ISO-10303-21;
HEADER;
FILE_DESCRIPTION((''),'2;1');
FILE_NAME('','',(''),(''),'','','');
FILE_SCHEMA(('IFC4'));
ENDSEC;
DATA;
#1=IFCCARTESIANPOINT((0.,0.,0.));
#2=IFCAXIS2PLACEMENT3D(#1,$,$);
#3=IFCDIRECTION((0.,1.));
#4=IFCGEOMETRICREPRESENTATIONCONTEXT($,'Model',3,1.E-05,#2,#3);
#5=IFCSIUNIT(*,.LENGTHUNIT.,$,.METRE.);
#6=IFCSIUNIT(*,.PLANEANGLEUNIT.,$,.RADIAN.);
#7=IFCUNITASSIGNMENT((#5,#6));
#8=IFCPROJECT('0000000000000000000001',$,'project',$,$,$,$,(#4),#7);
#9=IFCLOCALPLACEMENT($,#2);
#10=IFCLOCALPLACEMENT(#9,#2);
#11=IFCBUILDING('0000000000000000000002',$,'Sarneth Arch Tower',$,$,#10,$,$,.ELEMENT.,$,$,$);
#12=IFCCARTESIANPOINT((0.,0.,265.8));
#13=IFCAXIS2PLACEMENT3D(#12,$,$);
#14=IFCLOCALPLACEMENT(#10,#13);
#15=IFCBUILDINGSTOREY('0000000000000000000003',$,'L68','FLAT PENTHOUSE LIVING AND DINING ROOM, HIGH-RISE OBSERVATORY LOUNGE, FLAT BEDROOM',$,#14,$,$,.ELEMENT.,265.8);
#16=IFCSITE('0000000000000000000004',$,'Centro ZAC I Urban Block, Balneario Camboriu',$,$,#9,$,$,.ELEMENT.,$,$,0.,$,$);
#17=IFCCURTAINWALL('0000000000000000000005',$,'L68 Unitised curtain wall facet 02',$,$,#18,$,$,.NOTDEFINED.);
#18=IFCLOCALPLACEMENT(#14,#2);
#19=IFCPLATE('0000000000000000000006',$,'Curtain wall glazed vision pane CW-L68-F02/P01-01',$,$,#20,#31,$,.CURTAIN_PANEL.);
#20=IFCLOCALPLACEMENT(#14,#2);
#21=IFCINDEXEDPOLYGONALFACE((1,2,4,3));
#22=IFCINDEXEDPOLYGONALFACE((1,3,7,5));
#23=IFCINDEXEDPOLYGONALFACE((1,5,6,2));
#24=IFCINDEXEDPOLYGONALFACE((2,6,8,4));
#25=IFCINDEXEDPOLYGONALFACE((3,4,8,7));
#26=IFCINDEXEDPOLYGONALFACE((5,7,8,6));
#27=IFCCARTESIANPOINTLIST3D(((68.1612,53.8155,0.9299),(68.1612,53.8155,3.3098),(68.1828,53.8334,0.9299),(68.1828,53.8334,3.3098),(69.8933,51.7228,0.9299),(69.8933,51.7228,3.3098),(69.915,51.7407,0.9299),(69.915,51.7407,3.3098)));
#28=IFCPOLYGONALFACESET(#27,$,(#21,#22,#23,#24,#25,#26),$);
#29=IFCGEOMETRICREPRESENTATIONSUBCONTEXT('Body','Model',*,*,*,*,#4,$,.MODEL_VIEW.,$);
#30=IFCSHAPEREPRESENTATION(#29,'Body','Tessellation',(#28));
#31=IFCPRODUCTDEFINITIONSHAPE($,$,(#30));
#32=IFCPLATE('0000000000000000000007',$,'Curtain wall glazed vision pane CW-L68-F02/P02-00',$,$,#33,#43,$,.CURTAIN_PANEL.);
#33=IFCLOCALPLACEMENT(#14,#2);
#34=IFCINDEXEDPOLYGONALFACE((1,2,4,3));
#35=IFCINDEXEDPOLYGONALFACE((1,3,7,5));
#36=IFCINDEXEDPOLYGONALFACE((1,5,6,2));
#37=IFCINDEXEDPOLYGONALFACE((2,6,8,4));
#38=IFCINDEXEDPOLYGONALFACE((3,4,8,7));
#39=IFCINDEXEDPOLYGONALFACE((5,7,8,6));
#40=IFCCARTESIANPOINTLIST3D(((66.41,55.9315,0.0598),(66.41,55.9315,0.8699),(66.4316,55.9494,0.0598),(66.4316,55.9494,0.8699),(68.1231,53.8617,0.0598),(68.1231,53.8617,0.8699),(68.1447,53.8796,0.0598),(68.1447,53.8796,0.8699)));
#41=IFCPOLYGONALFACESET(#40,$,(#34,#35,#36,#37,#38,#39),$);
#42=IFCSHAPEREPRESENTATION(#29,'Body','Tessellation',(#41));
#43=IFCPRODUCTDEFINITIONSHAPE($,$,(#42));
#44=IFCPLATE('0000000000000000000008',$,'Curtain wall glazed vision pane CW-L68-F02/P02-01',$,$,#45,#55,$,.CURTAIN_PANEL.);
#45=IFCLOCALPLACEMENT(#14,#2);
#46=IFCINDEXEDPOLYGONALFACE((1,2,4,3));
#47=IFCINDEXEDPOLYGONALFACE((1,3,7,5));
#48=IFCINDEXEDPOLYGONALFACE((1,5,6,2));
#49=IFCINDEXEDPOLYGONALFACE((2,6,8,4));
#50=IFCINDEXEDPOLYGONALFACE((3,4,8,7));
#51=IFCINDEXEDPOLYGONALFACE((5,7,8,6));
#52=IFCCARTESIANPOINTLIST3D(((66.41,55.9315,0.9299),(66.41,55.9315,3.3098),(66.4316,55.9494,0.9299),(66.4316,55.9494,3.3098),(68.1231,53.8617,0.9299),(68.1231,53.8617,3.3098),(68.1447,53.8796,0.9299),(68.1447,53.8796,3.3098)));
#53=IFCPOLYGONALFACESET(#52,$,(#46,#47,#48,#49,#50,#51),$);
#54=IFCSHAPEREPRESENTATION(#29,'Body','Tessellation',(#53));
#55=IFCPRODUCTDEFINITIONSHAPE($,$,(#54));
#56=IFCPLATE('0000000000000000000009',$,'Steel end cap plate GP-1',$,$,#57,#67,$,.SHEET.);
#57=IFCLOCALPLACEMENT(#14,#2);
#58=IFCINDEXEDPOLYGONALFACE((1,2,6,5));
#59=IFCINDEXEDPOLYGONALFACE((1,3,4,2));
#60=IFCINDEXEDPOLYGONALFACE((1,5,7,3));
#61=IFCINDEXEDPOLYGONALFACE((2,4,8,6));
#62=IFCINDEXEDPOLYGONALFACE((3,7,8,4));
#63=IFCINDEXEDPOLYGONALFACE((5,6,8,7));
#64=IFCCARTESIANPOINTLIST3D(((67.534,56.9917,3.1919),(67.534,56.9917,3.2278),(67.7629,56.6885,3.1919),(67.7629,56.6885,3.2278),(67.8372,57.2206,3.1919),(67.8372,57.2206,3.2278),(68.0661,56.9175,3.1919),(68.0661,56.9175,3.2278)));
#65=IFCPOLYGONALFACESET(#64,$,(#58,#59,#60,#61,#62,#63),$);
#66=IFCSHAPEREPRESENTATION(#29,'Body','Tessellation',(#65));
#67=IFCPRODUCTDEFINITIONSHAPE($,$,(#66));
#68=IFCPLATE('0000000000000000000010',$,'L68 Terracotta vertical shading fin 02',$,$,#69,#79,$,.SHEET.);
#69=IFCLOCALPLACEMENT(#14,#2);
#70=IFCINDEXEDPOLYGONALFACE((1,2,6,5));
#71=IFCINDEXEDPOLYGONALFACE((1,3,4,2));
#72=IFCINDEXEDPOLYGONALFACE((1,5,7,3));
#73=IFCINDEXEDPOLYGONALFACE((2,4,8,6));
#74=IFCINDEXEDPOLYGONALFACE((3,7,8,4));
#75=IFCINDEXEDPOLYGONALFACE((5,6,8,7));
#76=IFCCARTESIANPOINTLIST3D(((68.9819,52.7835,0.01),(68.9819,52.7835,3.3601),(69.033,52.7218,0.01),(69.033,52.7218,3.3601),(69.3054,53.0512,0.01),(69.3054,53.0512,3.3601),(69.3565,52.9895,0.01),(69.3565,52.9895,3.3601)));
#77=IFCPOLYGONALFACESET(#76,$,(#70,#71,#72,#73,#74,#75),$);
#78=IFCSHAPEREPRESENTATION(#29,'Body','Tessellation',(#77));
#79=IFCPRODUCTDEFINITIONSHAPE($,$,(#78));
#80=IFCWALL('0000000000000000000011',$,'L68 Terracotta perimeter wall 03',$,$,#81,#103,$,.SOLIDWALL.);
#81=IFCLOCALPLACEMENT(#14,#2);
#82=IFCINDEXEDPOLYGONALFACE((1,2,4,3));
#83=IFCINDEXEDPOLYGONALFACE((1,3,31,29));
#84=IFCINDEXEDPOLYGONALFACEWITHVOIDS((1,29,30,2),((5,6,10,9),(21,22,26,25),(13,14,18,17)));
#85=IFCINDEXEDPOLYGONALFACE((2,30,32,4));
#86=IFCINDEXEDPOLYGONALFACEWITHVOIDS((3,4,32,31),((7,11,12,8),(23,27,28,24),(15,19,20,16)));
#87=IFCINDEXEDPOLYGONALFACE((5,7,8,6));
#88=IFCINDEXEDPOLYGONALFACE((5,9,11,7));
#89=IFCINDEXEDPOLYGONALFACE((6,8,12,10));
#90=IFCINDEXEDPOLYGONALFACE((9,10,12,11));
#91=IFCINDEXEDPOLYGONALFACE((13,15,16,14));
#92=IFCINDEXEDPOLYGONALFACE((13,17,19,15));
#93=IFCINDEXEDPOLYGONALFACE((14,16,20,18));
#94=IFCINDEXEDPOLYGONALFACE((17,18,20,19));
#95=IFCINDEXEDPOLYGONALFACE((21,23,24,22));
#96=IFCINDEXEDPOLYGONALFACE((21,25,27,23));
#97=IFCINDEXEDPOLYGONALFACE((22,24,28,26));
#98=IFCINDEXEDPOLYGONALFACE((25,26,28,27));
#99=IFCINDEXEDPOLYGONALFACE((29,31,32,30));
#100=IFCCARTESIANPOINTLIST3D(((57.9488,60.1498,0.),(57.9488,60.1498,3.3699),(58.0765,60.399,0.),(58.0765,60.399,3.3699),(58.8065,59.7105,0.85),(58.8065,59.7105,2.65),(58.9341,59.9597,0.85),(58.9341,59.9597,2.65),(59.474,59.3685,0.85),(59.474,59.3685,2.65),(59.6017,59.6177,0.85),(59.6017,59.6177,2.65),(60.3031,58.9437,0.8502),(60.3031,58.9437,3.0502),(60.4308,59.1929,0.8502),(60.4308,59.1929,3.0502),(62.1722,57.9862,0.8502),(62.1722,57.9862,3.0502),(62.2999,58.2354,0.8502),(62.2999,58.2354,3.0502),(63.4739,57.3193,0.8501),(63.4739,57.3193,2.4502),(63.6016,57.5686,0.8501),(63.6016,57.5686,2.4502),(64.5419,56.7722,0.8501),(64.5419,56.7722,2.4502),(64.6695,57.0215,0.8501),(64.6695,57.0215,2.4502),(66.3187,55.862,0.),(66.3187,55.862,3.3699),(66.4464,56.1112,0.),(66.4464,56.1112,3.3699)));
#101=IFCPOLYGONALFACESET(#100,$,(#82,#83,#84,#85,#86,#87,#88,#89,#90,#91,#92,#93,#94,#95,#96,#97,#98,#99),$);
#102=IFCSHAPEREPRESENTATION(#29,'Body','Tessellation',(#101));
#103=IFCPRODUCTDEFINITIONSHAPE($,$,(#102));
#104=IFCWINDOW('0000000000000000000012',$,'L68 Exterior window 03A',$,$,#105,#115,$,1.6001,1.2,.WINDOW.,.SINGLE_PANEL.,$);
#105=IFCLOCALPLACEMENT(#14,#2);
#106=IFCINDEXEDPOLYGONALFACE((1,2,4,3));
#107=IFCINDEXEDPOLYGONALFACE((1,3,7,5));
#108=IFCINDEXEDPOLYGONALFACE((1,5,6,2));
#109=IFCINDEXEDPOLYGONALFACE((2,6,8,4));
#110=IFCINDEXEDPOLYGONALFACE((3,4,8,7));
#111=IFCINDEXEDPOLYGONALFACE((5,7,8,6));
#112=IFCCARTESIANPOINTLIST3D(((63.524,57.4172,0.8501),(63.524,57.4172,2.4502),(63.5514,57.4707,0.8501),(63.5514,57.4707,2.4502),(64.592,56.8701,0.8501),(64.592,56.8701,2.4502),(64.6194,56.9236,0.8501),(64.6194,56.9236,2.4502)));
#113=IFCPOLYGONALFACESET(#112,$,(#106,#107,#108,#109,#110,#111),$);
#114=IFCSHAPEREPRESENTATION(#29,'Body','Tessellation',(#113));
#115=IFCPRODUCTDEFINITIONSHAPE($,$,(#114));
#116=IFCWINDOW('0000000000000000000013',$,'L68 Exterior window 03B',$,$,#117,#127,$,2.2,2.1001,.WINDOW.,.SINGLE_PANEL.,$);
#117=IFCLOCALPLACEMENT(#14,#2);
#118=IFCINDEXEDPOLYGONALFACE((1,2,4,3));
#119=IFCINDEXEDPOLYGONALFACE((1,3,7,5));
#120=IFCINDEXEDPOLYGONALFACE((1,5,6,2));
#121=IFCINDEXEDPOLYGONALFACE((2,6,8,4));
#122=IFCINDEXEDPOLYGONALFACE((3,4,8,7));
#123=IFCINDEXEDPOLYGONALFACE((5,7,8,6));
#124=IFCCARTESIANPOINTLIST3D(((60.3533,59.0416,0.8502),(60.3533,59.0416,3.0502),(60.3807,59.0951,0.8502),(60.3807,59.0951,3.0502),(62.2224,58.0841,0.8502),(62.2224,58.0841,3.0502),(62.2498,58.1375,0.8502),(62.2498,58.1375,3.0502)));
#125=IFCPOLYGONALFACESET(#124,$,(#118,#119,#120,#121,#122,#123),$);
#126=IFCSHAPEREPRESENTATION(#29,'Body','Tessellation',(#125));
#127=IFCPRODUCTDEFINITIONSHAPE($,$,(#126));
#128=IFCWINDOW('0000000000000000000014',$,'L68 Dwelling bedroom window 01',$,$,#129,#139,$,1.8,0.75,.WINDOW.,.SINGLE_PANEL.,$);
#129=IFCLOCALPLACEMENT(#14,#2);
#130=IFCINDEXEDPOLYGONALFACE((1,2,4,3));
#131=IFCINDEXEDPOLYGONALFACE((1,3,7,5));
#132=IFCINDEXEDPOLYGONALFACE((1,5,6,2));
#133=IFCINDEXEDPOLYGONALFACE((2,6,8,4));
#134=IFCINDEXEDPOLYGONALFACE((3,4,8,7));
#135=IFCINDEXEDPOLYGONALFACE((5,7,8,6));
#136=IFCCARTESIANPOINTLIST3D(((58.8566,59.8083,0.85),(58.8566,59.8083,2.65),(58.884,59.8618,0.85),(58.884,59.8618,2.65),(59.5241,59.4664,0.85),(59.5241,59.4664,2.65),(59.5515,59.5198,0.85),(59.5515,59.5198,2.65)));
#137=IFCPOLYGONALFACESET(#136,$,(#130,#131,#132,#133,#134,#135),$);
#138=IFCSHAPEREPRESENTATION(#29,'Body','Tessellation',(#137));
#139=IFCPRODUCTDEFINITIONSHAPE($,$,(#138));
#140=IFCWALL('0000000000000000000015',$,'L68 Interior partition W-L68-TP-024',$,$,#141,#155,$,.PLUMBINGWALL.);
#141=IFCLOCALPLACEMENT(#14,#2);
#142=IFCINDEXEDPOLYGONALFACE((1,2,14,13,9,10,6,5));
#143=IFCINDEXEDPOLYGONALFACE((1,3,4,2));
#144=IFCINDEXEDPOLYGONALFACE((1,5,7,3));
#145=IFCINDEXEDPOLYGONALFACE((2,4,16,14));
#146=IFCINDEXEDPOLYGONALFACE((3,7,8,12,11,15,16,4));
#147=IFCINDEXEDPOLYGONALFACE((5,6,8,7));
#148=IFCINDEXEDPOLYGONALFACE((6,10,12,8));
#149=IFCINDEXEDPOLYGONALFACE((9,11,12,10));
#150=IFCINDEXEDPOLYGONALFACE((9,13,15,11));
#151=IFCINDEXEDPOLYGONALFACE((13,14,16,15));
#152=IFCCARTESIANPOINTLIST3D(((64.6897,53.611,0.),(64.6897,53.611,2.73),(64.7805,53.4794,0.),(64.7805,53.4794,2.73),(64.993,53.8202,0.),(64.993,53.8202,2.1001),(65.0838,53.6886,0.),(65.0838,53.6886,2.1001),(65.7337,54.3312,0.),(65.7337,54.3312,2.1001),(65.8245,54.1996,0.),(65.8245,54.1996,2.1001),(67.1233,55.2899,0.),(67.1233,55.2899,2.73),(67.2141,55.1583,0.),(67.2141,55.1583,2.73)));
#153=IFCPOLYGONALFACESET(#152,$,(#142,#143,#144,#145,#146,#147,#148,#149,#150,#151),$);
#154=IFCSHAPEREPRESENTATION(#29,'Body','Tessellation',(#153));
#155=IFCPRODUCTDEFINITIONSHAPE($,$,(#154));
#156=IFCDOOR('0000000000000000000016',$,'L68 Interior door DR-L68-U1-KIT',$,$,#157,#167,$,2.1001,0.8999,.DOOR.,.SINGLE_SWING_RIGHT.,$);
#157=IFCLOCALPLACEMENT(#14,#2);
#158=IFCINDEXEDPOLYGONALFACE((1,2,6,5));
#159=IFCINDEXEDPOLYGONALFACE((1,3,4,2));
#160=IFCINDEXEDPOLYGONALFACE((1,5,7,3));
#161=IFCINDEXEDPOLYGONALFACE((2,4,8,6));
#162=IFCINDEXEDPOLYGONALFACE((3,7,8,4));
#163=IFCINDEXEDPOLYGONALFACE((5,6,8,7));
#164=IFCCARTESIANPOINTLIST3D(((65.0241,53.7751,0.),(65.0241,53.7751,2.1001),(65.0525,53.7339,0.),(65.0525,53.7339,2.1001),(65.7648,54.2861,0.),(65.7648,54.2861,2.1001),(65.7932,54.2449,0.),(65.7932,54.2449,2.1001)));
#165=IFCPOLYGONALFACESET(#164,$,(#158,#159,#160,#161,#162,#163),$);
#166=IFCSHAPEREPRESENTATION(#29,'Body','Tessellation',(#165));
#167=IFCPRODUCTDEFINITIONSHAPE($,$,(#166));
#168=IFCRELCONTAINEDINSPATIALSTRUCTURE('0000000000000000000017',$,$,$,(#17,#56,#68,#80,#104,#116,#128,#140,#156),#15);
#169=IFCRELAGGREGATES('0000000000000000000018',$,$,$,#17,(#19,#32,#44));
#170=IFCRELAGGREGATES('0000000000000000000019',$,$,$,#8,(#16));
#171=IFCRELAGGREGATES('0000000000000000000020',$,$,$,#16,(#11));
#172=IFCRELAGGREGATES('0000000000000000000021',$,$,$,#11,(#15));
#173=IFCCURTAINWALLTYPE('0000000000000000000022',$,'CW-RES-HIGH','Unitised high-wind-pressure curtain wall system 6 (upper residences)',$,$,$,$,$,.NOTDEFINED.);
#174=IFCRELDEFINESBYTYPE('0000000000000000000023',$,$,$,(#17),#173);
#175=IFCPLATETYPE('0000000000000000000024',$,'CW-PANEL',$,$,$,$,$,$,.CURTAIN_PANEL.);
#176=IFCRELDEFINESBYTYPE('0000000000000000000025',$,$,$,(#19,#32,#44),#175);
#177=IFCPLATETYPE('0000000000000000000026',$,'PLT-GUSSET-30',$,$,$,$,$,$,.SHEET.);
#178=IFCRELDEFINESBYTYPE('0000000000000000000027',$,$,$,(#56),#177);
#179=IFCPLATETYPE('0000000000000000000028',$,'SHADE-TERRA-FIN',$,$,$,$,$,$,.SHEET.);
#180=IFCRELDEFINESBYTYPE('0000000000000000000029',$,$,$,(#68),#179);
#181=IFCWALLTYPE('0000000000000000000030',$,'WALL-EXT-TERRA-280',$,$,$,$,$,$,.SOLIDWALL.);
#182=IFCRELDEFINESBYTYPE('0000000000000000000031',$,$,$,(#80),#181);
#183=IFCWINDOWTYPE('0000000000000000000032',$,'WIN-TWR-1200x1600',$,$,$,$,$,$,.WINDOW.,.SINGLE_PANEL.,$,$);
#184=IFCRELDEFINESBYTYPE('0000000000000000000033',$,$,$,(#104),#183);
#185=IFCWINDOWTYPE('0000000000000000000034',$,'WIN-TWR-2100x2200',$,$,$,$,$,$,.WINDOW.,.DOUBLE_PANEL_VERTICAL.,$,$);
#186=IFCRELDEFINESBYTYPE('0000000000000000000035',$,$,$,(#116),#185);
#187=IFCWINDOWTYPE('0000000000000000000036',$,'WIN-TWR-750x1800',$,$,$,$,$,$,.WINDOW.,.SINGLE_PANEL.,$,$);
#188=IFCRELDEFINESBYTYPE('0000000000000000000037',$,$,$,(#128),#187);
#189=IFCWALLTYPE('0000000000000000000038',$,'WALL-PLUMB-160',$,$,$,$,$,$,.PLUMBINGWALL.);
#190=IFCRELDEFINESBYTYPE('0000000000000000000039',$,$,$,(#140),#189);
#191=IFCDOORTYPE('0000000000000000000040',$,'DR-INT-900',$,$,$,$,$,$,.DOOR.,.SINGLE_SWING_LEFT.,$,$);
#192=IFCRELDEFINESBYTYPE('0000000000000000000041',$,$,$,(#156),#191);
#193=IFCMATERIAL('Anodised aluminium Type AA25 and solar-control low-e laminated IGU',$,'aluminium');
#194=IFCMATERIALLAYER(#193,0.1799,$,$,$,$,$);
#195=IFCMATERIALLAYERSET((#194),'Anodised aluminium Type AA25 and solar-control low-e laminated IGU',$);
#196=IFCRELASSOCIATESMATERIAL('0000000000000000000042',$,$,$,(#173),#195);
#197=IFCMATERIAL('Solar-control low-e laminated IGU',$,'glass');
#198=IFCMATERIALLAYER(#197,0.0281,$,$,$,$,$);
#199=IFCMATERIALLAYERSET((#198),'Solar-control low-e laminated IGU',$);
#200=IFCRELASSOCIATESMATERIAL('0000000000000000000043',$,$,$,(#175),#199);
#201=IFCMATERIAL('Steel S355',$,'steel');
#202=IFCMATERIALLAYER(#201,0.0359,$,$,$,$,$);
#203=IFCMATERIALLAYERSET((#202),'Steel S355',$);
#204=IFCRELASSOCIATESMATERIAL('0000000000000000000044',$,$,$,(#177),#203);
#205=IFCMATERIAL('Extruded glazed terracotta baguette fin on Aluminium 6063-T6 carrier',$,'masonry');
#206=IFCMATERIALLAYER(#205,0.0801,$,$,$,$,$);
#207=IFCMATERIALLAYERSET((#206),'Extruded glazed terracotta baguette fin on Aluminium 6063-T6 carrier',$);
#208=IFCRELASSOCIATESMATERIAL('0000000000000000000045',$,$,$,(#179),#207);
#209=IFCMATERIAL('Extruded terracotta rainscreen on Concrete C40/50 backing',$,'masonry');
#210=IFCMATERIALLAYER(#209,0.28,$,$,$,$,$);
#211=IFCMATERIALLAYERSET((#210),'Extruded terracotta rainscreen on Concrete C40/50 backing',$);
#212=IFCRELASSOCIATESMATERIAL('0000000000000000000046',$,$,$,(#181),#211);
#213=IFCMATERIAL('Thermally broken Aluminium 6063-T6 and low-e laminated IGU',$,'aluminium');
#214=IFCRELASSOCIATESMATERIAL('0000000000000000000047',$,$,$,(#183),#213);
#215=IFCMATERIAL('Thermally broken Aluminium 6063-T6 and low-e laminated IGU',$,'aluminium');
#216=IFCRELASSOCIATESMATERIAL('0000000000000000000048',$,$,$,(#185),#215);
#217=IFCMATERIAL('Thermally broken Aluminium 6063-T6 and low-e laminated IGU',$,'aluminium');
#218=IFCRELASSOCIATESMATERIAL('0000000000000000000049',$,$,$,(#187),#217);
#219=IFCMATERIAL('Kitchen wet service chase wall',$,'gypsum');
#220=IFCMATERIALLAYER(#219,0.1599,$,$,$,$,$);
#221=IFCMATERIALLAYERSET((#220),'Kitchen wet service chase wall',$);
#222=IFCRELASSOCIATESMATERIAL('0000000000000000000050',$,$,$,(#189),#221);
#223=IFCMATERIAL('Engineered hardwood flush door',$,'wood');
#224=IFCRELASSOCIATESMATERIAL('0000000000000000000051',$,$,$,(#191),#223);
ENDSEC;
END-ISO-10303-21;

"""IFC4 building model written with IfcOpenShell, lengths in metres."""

from ifc_helpers import new_model, si_unit, direction, frame, frame_2d, origin, origin_2d, place, context, subcontext, project, spatial, rectangle, extrude, material, layer, layer_set, type_object, element, fill, aggregate, save


model = new_model("IFC4")

# Units and contexts
model_context = context("Model", 3, precision=1e-05, world=origin(), true_north=direction((0.0, 1.0)))
body_context = subcontext(model_context, "Body", "Model", "MODEL_VIEW")
ifc_project = project(units=[si_unit("LENGTHUNIT", "METRE"), si_unit("PLANEANGLEUNIT", "RADIAN")], contexts=[model_context])

# Site, building, storey
site_placement = place(None, origin())
site = spatial("IfcSite", under=ifc_project, at=site_placement, Name="Centro ZAC I Urban Block, Balneario Camboriu", CompositionType="ELEMENT", RefElevation=0.0)
building_placement = place(site_placement, origin())
building = spatial("IfcBuilding", under=site, at=building_placement, Name="Sarneth Arch Tower", CompositionType="ELEMENT")
storey_placement = place(building_placement, frame((0.0, 0.0, 265.8)))
storey = spatial("IfcBuildingStorey", under=building, at=storey_placement, Name="L68", Description="FLAT PENTHOUSE LIVING AND DINING ROOM, HIGH-RISE OBSERVATORY LOUNGE, FLAT BEDROOM", CompositionType="ELEMENT", Elevation=265.8)

# Curtain wall
ifc_material_1 = material(Name="Anodised aluminium Type AA25 and solar-control low-e laminated IGU", Category="aluminium")
ifc_layer_1 = layer(ifc_material_1, 0.1799)
ifc_layer_set_1 = layer_set([ifc_layer_1], Name="Anodised aluminium Type AA25 and solar-control low-e laminated IGU")
curtain_wall_type = type_object("IfcCurtainWallType", Name="CW-RES-HIGH", Description="Unitised high-wind-pressure curtain wall system 6 (upper residences)", PredefinedType="NOTDEFINED", material=ifc_layer_set_1)
curtain_wall_placement = place(storey_placement, origin())
curtain_wall = element("IfcCurtainWall", 1, at=curtain_wall_placement, inside=storey, type_object=curtain_wall_type, Name="L68 Unitised curtain wall facet 02", PredefinedType="NOTDEFINED")

# Plates
ifc_material_2 = material(Name="Solar-control low-e laminated IGU", Category="glass")
ifc_layer_2 = layer(ifc_material_2, 0.0281)
ifc_layer_set_2 = layer_set([ifc_layer_2], Name="Solar-control low-e laminated IGU")
plate_type_1 = type_object("IfcPlateType", Name="CW-PANEL", PredefinedType="CURTAIN_PANEL", material=ifc_layer_set_2)
plate_1_placement = place(storey_placement, frame((69.0381, 52.7781, 0.9299), z_axis=(0.0, 0.0, 1.0), x_axis=(-0.63761, 0.770359, 0.0)))
plate_1 = element("IfcPlate", 2, at=plate_1_placement, type_object=plate_type_1, Name="Curtain wall glazed vision pane CW-L68-F02/P01-01", PredefinedType="CURTAIN_PANEL", context=body_context, shape_type="SweptSolid", body=[
    extrude(rectangle(XDim=2.7166, YDim=0.0281, at=origin_2d()), origin(), (0.0, 0.0, 1.0), 2.3799),
])
plate_2_placement = place(storey_placement, frame((67.2773, 54.9055, 0.0598), z_axis=(0.0, 0.0, 1.0), x_axis=(-0.63761, 0.770359, 0.0)))
plate_2 = element("IfcPlate", 3, at=plate_2_placement, type_object=plate_type_1, Name="Curtain wall glazed vision pane CW-L68-F02/P02-00", PredefinedType="CURTAIN_PANEL", context=body_context, shape_type="SweptSolid", body=[
    extrude(rectangle(XDim=2.6868, YDim=0.0281, at=origin_2d()), origin(), (0.0, 0.0, 1.0), 0.8101),
])
plate_3_placement = place(storey_placement, frame((67.2773, 54.9055, 0.9299), z_axis=(0.0, 0.0, 1.0), x_axis=(-0.63761, 0.770359, 0.0)))
plate_3 = element("IfcPlate", 4, at=plate_3_placement, type_object=plate_type_1, Name="Curtain wall glazed vision pane CW-L68-F02/P02-01", PredefinedType="CURTAIN_PANEL", context=body_context, shape_type="SweptSolid", body=[
    extrude(rectangle(XDim=2.6868, YDim=0.0281, at=origin_2d()), origin(), (0.0, 0.0, 1.0), 2.3799),
])
aggregate(curtain_wall, [plate_1, plate_2, plate_3])

# Plates
ifc_material_3 = material(Name="Steel S355", Category="steel")
ifc_layer_3 = layer(ifc_material_3, 0.0359)
ifc_layer_set_3 = layer_set([ifc_layer_3], Name="Steel S355")
plate_type_2 = type_object("IfcPlateType", Name="PLT-GUSSET-30", PredefinedType="SHEET", material=ifc_layer_set_3)
plate_4_placement = place(storey_placement, frame((67.8, 56.9546, 3.1919), z_axis=(0.0, 0.0, 1.0), x_axis=(0.798005, 0.602651, 0.0)))
element("IfcPlate", 5, at=plate_4_placement, inside=storey, type_object=plate_type_2, Name="Steel end cap plate GP-1", PredefinedType="SHEET", context=body_context, shape_type="SweptSolid", body=[
    extrude(rectangle(XDim=0.3799, YDim=0.3799, at=origin_2d()), origin(), (0.0, 0.0, 1.0), 0.0359),
])
ifc_material_4 = material(Name="Extruded glazed terracotta baguette fin on Aluminium 6063-T6 carrier", Category="masonry")
ifc_layer_4 = layer(ifc_material_4, 0.0801)
ifc_layer_set_4 = layer_set([ifc_layer_4], Name="Extruded glazed terracotta baguette fin on Aluminium 6063-T6 carrier")
plate_type_3 = type_object("IfcPlateType", Name="SHADE-TERRA-FIN", PredefinedType="SHEET", material=ifc_layer_set_4)
plate_5_placement = place(storey_placement, frame((69.1692, 52.8865, 0.01), z_axis=(0.0, 0.0, 1.0), x_axis=(0.770402, 0.637558, 0.0)))
element("IfcPlate", 6, at=plate_5_placement, inside=storey, type_object=plate_type_3, Name="L68 Terracotta vertical shading fin 02", PredefinedType="SHEET", context=body_context, shape_type="SweptSolid", body=[
    extrude(rectangle(XDim=0.4199, YDim=0.0801, at=origin_2d()), origin(), (0.0, 0.0, 1.0), 3.3501),
])

# Wall, openings, windows
ifc_material_5 = material(Name="Extruded terracotta rainscreen on Concrete C40/50 backing", Category="masonry")
ifc_layer_5 = layer(ifc_material_5, 0.28)
ifc_layer_set_5 = layer_set([ifc_layer_5], Name="Extruded terracotta rainscreen on Concrete C40/50 backing")
wall_type_1 = type_object("IfcWallType", Name="WALL-EXT-TERRA-280", PredefinedType="SOLIDWALL", material=ifc_layer_set_5)
wall_1_placement = place(storey_placement, frame((66.3826, 55.9866, 0.0), z_axis=(0.0, 0.0, 1.0), x_axis=(-0.890007, 0.455946, 0.0)))
wall_1 = element("IfcWall", 7, at=wall_1_placement, inside=storey, type_object=wall_type_1, Name="L68 Terracotta perimeter wall 03", PredefinedType="SOLIDWALL", context=body_context, shape_type="SweptSolid", body=[
    extrude(rectangle(XDim=9.4043, YDim=0.28, at=frame_2d((4.7021, 0.0))), origin(), (0.0, 0.0, 1.0), 3.3699),
])
opening_1_placement = place(wall_1_placement, frame((1.9963, 0.0, 0.8501)))
opening_1 = element("IfcOpeningElement", 8, at=opening_1_placement, cuts=wall_1, PredefinedType="OPENING", context=body_context, shape_type="SweptSolid", body=[
    extrude(rectangle(XDim=1.2, YDim=1.6001, at=frame_2d((0.6001, 0.8))), frame((0.0, 0.1499, 0.0), z_axis=(0.0, -1.0, 0.0), x_axis=(1.0, 0.0, 0.0)), (0.0, 0.0, 1.0), 0.3),
])
opening_2_placement = place(wall_1_placement, frame((4.6589, 0.0, 0.8501)))
opening_2 = element("IfcOpeningElement", 9, at=opening_2_placement, cuts=wall_1, PredefinedType="OPENING", context=body_context, shape_type="SweptSolid", body=[
    extrude(rectangle(XDim=2.1001, YDim=2.2, at=frame_2d((1.05, 1.1001))), frame((0.0, 0.1499, 0.0), z_axis=(0.0, -1.0, 0.0), x_axis=(1.0, 0.0, 0.0)), (0.0, 0.0, 1.0), 0.3),
])
opening_3_placement = place(wall_1_placement, frame((7.6907, 0.0, 0.8501)))
opening_3 = element("IfcOpeningElement", 10, at=opening_3_placement, cuts=wall_1, PredefinedType="OPENING", context=body_context, shape_type="SweptSolid", body=[
    extrude(rectangle(XDim=0.75, YDim=1.8, at=frame_2d((0.375, 0.8999))), frame((0.0, 0.1499, 0.0), z_axis=(0.0, -1.0, 0.0), x_axis=(1.0, 0.0, 0.0)), (0.0, 0.0, 1.0), 0.3),
])
ifc_material_6 = material(Name="Thermally broken Aluminium 6063-T6 and low-e laminated IGU", Category="aluminium")
window_type_1 = type_object("IfcWindowType", Name="WIN-TWR-1200x1600", PartitioningType="SINGLE_PANEL", PredefinedType="WINDOW", material=ifc_material_6)
window_1_placement = place(opening_1_placement, origin())
window_1 = element("IfcWindow", 11, at=window_1_placement, inside=storey, type_object=window_type_1, Name="L68 Exterior window 03A", OverallHeight=1.6001, OverallWidth=1.2, PartitioningType="SINGLE_PANEL", PredefinedType="WINDOW", context=body_context, shape_type="SweptSolid", body=[
    extrude(rectangle(XDim=1.2, YDim=1.6001, at=frame_2d((0.6001, 0.8))), frame((0.0, 0.03, 0.0), z_axis=(0.0, -1.0, 0.0), x_axis=(1.0, 0.0, 0.0)), (0.0, 0.0, 1.0), 0.0601),
])
fill(opening_1, window_1)
ifc_material_7 = material(Name="Thermally broken Aluminium 6063-T6 and low-e laminated IGU", Category="aluminium")
window_type_2 = type_object("IfcWindowType", Name="WIN-TWR-2100x2200", PartitioningType="DOUBLE_PANEL_VERTICAL", PredefinedType="WINDOW", material=ifc_material_7)
window_2_placement = place(opening_2_placement, origin())
window_2 = element("IfcWindow", 12, at=window_2_placement, inside=storey, type_object=window_type_2, Name="L68 Exterior window 03B", OverallHeight=2.2, OverallWidth=2.1001, PartitioningType="SINGLE_PANEL", PredefinedType="WINDOW", context=body_context, shape_type="SweptSolid", body=[
    extrude(rectangle(XDim=2.1001, YDim=2.2, at=frame_2d((1.05, 1.1001))), frame((0.0, 0.03, 0.0), z_axis=(0.0, -1.0, 0.0), x_axis=(1.0, 0.0, 0.0)), (0.0, 0.0, 1.0), 0.0601),
])
fill(opening_2, window_2)
ifc_material_8 = material(Name="Thermally broken Aluminium 6063-T6 and low-e laminated IGU", Category="aluminium")
window_type_3 = type_object("IfcWindowType", Name="WIN-TWR-750x1800", PartitioningType="SINGLE_PANEL", PredefinedType="WINDOW", material=ifc_material_8)
window_3_placement = place(opening_3_placement, origin())
window_3 = element("IfcWindow", 13, at=window_3_placement, inside=storey, type_object=window_type_3, Name="L68 Dwelling bedroom window 01", OverallHeight=1.8, OverallWidth=0.75, PartitioningType="SINGLE_PANEL", PredefinedType="WINDOW", context=body_context, shape_type="SweptSolid", body=[
    extrude(rectangle(XDim=0.75, YDim=1.8, at=frame_2d((0.375, 0.8999))), frame((0.0, 0.03, 0.0), z_axis=(0.0, -1.0, 0.0), x_axis=(1.0, 0.0, 0.0)), (0.0, 0.0, 1.0), 0.0601),
])
fill(opening_3, window_3)

# Wall, opening, door
ifc_material_9 = material(Name="Kitchen wet service chase wall", Category="gypsum")
ifc_layer_6 = layer(ifc_material_9, 0.1599)
ifc_layer_set_6 = layer_set([ifc_layer_6], Name="Kitchen wet service chase wall")
wall_type_2 = type_object("IfcWallType", Name="WALL-PLUMB-160", PredefinedType="PLUMBINGWALL", material=ifc_layer_set_6)
wall_2_placement = place(storey_placement, frame((67.1687, 55.2241, 0.0), z_axis=(0.0, 0.0, 1.0), x_axis=(-0.823116, -0.567874, 0.0)))
wall_2 = element("IfcWall", 14, at=wall_2_placement, inside=storey, type_object=wall_type_2, Name="L68 Interior partition W-L68-TP-024", PredefinedType="PLUMBINGWALL", context=body_context, shape_type="SweptSolid", body=[
    extrude(rectangle(XDim=2.9565, YDim=0.1599, at=frame_2d((1.4783, 0.0))), origin(), (0.0, 0.0, 1.0), 2.73),
])
opening_4_placement = place(wall_2_placement, frame((1.6882, 0.0, 0.0)))
opening_4 = element("IfcOpeningElement", 15, at=opening_4_placement, cuts=wall_2, PredefinedType="OPENING", context=body_context, shape_type="SweptSolid", body=[
    extrude(rectangle(XDim=0.8999, YDim=2.1001, at=frame_2d((0.45, 1.05))), frame((0.0, 0.0898, 0.0), z_axis=(0.0, -1.0, 0.0), x_axis=(1.0, 0.0, 0.0)), (0.0, 0.0, 1.0), 0.1799),
])
ifc_material_10 = material(Name="Engineered hardwood flush door", Category="wood")
door_type = type_object("IfcDoorType", Name="DR-INT-900", OperationType="SINGLE_SWING_LEFT", PredefinedType="DOOR", material=ifc_material_10)
door_placement = place(opening_4_placement, origin())
door = element("IfcDoor", 16, at=door_placement, inside=storey, type_object=door_type, Name="L68 Interior door DR-L68-U1-KIT", OperationType="SINGLE_SWING_RIGHT", OverallHeight=2.1001, OverallWidth=0.8999, PredefinedType="DOOR", context=body_context, shape_type="SweptSolid", body=[
    extrude(rectangle(XDim=0.8999, YDim=2.1001, at=frame_2d((0.45, 1.05))), frame((0.0, 0.0249, 0.0), z_axis=(0.0, -1.0, 0.0), x_axis=(1.0, 0.0, 0.0)), (0.0, 0.0, 1.0), 0.05),
])
fill(opening_4, door)

save(model, "model.ifc")
